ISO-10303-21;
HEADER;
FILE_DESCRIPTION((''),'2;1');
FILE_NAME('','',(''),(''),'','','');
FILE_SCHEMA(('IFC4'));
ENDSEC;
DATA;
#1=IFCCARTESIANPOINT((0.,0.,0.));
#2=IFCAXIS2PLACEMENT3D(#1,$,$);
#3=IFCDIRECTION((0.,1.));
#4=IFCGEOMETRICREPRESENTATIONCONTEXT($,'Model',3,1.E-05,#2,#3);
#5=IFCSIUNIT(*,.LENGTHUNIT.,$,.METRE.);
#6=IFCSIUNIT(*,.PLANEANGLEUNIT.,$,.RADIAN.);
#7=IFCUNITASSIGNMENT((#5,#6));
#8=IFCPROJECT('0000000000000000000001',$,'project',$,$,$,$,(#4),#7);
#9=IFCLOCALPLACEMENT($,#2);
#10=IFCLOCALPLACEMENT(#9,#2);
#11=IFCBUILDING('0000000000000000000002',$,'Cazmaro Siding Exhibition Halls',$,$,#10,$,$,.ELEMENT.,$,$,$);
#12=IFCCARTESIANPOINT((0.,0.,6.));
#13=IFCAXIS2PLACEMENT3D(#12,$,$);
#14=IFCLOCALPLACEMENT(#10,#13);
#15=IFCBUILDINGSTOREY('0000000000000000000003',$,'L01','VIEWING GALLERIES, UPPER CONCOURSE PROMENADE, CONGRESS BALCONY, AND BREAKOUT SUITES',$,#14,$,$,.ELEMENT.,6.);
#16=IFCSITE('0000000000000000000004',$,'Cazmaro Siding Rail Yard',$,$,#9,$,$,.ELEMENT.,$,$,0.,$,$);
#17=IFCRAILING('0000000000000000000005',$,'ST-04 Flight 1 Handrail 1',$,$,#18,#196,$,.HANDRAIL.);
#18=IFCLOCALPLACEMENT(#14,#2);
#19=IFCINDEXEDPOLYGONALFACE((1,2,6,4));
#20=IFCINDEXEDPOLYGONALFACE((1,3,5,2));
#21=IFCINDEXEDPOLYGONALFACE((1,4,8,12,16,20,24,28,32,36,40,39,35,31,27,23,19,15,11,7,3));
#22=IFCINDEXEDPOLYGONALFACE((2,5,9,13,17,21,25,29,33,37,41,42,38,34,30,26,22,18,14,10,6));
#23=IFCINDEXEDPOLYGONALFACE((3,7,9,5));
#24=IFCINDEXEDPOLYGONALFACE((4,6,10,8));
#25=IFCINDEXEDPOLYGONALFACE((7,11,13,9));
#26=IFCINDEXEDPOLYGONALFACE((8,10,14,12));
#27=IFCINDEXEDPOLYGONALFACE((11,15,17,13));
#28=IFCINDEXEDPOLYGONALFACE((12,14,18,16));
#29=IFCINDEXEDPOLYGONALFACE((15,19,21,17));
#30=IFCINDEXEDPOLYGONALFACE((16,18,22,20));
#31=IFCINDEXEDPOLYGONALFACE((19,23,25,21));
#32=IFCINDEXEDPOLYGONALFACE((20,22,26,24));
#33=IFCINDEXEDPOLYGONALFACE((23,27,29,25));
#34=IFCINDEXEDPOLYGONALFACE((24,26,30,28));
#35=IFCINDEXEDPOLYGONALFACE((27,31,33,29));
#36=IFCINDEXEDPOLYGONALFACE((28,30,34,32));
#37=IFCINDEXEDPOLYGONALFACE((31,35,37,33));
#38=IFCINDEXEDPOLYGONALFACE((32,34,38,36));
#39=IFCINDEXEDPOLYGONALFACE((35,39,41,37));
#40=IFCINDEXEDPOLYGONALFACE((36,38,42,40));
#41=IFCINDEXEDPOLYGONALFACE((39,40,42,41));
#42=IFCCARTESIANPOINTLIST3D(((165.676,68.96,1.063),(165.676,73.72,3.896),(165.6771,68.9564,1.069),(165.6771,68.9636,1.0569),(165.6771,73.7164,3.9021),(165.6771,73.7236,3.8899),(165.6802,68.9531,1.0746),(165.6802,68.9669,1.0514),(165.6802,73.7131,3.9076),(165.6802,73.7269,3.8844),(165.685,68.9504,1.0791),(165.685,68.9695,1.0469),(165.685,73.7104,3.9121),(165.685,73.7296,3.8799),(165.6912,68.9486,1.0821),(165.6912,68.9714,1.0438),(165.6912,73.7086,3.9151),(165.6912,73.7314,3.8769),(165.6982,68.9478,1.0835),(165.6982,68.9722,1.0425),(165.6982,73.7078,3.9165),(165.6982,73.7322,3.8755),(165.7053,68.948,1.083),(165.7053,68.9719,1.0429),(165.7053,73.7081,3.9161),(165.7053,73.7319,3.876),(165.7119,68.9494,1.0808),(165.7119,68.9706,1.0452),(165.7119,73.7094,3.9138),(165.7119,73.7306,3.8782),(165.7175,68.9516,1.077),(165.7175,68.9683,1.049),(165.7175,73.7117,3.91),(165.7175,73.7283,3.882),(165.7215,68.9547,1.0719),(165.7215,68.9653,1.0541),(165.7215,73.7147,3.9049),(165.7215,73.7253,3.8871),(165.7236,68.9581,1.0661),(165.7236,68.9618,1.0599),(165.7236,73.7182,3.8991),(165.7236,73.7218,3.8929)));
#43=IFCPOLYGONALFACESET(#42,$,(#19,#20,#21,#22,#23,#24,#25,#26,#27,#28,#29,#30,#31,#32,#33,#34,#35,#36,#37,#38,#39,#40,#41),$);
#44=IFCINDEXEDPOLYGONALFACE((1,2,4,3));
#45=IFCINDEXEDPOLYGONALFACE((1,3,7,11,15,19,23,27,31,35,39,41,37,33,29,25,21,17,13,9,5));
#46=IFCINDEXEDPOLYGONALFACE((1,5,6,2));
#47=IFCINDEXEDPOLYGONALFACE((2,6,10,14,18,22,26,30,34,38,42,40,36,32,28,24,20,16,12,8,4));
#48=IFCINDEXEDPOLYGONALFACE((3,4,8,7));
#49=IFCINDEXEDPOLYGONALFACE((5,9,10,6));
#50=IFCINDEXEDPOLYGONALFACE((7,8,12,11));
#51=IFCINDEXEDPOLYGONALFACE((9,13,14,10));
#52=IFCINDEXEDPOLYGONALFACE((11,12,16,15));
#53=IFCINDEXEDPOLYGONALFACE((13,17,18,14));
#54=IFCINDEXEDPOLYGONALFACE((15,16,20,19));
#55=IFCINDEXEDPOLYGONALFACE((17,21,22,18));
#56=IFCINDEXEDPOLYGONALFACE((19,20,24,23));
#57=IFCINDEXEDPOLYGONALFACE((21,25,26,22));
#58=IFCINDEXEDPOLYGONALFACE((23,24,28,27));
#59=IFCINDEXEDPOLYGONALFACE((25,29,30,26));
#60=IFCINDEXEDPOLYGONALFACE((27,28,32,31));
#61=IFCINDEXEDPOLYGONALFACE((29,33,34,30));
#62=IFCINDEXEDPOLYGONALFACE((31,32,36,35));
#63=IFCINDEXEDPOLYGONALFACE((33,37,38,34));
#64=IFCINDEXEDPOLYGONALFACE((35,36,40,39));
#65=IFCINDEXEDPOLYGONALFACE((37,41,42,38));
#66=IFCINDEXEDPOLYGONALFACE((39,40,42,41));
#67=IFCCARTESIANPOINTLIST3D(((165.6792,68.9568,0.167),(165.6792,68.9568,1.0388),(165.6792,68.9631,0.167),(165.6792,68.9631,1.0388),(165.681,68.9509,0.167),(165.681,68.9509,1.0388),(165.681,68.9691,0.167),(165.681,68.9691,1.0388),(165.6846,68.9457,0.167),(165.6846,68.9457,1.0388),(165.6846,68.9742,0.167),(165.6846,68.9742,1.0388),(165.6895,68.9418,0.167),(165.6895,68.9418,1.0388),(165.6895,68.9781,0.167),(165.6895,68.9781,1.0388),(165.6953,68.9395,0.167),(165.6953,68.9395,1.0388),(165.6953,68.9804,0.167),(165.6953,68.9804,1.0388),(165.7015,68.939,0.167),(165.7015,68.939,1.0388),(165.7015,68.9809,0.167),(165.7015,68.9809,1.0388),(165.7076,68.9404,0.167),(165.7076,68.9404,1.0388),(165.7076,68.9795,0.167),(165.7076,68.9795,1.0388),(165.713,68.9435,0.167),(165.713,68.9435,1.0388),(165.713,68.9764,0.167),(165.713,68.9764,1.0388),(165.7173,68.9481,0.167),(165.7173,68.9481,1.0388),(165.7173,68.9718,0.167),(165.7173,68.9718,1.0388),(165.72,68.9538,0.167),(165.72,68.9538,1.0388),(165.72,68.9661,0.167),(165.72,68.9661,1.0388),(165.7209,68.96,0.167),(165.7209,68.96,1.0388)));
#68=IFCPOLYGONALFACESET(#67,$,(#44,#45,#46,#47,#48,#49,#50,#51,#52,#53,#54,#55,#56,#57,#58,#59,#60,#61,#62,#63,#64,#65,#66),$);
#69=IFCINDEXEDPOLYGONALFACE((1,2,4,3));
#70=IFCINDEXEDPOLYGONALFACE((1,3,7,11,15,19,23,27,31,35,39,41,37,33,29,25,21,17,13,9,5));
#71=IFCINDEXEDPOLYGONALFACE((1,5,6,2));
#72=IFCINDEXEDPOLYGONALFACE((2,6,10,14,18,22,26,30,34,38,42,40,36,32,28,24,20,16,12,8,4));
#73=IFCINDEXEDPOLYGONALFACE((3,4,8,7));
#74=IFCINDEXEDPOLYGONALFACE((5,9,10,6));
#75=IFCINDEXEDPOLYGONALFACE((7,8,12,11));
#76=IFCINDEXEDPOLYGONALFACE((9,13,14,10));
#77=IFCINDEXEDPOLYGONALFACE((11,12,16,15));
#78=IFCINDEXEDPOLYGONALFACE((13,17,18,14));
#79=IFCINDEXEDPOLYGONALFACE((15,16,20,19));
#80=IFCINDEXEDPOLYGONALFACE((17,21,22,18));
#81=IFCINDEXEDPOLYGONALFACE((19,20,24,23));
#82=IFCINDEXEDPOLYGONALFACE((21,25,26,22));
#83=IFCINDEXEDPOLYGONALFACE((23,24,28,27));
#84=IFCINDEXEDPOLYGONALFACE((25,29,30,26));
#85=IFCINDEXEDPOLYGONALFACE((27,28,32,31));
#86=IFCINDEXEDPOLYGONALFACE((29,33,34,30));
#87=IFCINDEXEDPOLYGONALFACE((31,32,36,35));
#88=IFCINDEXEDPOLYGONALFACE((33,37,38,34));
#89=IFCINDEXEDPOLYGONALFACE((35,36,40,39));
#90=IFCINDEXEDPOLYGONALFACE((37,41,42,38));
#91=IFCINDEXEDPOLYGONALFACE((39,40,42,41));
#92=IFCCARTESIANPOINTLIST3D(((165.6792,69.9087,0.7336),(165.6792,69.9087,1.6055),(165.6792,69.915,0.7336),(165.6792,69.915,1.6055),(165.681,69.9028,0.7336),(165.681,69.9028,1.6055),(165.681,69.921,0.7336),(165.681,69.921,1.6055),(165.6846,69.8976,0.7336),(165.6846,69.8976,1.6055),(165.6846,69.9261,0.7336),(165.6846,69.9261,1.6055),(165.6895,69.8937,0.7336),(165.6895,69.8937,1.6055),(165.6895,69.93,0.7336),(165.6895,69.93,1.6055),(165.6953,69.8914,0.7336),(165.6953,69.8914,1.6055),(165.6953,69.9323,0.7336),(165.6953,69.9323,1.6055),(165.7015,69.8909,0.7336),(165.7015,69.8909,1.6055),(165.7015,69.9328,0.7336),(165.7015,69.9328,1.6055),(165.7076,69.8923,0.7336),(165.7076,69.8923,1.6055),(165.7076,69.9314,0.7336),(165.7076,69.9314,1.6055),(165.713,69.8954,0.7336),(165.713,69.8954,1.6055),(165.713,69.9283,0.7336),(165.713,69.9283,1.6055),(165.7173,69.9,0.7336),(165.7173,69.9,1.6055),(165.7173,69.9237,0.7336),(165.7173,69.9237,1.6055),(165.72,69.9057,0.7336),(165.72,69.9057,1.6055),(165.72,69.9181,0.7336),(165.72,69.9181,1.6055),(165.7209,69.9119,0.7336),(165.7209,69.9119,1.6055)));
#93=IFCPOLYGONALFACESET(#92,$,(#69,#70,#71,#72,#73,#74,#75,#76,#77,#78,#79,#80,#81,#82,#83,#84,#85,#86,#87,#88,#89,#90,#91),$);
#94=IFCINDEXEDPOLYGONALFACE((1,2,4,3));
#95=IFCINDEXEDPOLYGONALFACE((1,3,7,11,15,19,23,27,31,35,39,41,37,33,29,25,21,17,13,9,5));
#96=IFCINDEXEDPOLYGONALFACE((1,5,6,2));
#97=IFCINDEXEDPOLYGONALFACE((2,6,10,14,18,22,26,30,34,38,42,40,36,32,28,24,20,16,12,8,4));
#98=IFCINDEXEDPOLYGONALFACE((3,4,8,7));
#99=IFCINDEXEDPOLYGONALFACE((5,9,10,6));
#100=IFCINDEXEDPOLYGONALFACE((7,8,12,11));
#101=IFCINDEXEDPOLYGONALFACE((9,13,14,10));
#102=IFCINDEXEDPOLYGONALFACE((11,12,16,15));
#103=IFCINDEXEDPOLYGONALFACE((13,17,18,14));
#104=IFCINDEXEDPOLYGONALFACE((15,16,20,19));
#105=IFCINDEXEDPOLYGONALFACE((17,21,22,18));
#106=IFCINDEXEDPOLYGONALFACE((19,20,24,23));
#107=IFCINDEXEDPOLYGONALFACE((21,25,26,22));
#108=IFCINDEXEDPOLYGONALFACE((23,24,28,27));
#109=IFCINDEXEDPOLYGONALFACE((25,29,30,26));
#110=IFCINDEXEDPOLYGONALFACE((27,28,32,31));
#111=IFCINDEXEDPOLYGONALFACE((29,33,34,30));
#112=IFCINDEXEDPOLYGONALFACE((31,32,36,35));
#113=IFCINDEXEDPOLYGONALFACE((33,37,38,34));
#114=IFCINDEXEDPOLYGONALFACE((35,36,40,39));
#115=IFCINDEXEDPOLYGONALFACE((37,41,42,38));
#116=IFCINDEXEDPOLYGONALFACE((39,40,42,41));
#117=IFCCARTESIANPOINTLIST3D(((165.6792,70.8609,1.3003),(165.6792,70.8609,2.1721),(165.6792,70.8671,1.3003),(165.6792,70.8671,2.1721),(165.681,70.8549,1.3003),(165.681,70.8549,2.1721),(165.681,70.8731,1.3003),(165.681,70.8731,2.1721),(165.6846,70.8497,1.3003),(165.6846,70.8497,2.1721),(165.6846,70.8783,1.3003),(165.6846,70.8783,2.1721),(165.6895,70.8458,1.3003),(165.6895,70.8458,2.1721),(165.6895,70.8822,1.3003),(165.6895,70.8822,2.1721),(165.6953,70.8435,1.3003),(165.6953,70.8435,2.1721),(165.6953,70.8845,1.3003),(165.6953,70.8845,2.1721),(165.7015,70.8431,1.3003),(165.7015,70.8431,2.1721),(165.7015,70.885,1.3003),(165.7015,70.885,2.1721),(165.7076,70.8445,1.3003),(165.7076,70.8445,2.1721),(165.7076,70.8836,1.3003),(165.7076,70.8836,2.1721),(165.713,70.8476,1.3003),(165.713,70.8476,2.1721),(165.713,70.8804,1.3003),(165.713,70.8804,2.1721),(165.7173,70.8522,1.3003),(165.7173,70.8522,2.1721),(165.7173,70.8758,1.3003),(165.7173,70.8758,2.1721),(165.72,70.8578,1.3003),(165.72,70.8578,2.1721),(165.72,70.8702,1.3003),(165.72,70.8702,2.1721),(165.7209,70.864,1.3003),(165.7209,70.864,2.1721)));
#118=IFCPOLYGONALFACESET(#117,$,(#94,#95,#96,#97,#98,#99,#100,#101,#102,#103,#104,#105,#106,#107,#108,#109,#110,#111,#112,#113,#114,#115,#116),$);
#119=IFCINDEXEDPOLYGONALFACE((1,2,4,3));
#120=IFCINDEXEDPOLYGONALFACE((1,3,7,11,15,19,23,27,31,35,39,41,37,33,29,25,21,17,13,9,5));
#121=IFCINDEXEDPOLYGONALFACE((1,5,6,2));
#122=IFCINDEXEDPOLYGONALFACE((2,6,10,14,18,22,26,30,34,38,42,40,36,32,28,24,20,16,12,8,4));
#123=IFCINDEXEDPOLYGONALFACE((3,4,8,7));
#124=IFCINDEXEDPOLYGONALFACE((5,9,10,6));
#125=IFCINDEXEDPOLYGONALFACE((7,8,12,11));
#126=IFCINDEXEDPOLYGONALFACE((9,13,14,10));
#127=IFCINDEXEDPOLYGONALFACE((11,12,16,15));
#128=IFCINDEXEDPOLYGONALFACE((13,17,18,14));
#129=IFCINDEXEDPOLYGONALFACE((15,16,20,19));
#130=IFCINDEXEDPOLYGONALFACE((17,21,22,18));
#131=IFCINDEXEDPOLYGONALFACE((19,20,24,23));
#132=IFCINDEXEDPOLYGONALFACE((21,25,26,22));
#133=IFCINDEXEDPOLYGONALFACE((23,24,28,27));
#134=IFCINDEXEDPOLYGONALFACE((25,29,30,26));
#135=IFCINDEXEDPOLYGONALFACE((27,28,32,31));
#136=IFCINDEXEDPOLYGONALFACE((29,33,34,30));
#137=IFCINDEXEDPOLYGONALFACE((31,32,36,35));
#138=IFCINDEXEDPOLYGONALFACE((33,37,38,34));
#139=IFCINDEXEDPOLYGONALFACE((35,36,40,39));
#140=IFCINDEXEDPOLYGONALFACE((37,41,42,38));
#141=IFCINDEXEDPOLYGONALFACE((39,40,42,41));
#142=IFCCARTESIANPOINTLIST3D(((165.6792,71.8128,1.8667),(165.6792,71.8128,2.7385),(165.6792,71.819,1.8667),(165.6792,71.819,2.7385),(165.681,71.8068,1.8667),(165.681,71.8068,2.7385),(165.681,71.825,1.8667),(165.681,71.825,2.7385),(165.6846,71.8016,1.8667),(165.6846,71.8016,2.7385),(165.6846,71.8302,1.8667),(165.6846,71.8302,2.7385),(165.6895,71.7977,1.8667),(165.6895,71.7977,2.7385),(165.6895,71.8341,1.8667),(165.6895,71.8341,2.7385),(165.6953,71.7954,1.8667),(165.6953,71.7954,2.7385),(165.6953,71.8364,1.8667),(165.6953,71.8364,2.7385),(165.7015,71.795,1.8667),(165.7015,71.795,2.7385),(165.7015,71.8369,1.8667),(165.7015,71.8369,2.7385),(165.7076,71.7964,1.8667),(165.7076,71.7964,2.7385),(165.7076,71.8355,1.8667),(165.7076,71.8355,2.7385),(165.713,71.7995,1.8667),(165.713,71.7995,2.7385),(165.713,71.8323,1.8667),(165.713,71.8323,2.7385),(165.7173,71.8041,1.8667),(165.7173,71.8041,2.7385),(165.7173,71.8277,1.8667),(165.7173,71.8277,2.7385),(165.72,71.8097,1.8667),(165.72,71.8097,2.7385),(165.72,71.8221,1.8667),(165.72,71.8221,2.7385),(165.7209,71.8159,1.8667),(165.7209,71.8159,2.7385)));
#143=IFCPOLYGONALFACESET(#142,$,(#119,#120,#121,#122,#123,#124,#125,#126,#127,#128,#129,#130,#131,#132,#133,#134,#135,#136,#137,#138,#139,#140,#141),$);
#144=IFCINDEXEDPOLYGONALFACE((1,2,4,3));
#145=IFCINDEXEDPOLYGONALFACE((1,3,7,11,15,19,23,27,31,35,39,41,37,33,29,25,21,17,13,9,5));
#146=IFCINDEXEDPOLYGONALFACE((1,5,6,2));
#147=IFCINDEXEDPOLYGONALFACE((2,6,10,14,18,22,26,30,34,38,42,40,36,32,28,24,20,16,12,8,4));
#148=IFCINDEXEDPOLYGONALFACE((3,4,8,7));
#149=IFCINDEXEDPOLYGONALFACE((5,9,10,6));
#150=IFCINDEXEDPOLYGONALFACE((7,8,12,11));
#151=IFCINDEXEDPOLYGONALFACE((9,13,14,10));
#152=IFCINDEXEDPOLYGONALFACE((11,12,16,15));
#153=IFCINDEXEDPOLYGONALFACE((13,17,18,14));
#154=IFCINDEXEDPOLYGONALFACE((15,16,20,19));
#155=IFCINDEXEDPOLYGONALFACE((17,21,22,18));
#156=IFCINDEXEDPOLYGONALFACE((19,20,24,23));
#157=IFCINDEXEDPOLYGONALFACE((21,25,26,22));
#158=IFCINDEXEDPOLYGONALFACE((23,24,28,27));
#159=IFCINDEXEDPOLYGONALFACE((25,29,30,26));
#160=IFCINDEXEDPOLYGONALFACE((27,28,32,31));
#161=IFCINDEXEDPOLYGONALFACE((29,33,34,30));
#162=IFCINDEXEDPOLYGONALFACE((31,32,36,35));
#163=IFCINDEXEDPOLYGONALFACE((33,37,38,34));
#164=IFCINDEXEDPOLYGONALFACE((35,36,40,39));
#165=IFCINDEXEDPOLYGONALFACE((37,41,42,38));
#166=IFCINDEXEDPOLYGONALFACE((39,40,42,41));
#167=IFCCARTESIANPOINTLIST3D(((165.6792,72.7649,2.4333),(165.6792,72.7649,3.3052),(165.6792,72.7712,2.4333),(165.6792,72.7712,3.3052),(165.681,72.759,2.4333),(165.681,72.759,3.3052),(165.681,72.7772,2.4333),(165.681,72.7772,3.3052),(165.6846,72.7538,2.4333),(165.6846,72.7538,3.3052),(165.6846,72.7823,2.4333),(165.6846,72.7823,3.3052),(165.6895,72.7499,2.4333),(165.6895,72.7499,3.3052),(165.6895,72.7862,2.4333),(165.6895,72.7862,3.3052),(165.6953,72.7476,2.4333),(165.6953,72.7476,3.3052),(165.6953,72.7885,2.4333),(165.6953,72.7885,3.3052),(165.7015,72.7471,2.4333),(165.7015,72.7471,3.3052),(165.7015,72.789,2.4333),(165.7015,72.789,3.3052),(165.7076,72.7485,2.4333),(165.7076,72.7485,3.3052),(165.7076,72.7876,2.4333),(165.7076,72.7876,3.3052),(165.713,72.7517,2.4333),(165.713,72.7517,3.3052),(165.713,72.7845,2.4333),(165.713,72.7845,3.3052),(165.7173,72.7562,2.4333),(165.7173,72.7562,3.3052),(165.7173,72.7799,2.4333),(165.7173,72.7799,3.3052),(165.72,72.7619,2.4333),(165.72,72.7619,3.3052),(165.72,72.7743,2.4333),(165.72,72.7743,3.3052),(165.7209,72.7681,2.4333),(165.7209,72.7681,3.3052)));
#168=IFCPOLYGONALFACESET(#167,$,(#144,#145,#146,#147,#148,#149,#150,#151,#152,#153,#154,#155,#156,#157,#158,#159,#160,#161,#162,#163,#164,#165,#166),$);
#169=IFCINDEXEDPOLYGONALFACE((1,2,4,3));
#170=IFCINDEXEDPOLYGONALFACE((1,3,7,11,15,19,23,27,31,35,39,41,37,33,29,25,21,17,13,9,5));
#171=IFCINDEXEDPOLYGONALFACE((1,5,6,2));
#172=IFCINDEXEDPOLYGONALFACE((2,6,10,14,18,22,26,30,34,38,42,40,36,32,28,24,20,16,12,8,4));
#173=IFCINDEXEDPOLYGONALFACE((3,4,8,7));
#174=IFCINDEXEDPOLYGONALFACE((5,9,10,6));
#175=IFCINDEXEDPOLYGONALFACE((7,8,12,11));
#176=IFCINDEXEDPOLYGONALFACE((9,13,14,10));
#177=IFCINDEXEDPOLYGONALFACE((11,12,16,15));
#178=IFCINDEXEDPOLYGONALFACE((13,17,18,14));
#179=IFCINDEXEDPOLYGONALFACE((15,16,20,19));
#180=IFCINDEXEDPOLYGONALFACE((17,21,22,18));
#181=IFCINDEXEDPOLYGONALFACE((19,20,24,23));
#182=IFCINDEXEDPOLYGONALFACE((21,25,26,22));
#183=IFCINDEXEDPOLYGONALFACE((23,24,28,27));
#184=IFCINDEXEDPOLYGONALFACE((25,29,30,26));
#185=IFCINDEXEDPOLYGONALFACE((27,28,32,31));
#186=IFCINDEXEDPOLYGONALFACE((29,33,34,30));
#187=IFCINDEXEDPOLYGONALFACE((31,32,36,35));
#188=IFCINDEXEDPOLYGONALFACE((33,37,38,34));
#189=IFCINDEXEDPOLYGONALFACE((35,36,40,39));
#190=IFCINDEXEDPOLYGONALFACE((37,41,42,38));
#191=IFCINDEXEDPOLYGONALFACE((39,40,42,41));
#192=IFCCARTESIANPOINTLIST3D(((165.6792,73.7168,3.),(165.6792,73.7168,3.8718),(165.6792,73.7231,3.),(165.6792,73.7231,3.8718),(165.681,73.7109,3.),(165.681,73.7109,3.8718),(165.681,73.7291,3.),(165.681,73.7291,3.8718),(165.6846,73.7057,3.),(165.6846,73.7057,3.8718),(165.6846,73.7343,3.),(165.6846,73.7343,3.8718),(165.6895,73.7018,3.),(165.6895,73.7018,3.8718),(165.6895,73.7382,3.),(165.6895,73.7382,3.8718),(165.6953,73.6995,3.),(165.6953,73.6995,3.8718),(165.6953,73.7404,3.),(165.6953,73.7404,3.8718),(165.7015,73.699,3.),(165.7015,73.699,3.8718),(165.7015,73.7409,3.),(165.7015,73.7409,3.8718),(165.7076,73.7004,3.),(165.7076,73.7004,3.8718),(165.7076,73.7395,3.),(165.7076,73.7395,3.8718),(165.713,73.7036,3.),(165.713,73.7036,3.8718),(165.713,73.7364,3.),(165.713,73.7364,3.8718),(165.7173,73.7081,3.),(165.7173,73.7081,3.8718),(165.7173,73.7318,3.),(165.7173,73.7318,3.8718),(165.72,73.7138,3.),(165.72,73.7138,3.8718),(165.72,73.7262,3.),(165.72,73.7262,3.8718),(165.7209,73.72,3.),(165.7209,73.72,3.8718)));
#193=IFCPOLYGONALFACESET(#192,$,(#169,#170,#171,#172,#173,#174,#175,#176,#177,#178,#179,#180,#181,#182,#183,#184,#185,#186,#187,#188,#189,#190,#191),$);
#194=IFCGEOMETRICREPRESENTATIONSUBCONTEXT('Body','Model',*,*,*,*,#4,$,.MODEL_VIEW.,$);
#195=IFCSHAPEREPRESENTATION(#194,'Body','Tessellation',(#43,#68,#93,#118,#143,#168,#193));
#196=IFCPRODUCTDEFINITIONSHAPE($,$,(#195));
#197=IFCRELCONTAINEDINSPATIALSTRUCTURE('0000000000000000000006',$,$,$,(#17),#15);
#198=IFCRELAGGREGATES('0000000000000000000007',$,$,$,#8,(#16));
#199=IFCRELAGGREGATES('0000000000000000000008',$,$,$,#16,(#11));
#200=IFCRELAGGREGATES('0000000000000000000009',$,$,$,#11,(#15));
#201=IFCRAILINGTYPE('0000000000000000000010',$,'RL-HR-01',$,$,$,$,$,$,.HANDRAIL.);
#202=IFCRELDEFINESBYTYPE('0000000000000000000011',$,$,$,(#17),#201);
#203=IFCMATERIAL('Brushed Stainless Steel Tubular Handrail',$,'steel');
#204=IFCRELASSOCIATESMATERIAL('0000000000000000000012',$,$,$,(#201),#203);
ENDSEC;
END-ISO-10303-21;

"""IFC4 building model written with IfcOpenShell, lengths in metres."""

from ifc_helpers import new_model, si_unit, direction, frame, origin, origin_2d, place, context, subcontext, project, spatial, circle, extrude, material, type_object, element, save


model = new_model("IFC4")

# Units and contexts
model_context = context("Model", 3, precision=1e-05, world=origin(), true_north=direction((0.0, 1.0)))
body_context = subcontext(model_context, "Body", "Model", "MODEL_VIEW")
ifc_project = project(units=[si_unit("LENGTHUNIT", "METRE"), si_unit("PLANEANGLEUNIT", "RADIAN")], contexts=[model_context])

# Site, building, storey
site_placement = place(None, origin())
site = spatial("IfcSite", under=ifc_project, at=site_placement, Name="Cazmaro Siding Rail Yard", CompositionType="ELEMENT", RefElevation=0.0)
building_placement = place(site_placement, origin())
building = spatial("IfcBuilding", under=site, at=building_placement, Name="Cazmaro Siding Exhibition Halls", CompositionType="ELEMENT")
storey_placement = place(building_placement, frame((0.0, 0.0, 6.0)))
storey = spatial("IfcBuildingStorey", under=building, at=storey_placement, Name="L01", Description="VIEWING GALLERIES, UPPER CONCOURSE PROMENADE, CONGRESS BALCONY, AND BREAKOUT SUITES", CompositionType="ELEMENT", Elevation=6.0)

# Railing
ifc_material_1 = material(Name="Brushed Stainless Steel Tubular Handrail", Category="steel")
railing_type_1 = type_object("IfcRailingType", Name="RL-HR-01", PredefinedType="HANDRAIL", material=ifc_material_1)
for number, where, name in (
    (1, (165.7, 68.96, 0.167), "ST-04 Flight 1 Handrail 1"),
):
    element("IfcRailing", number, at=place(storey_placement, frame(where)), inside=storey, type_object=railing_type_1, Name=name, PredefinedType="HANDRAIL", context=body_context, shape_type="SweptSolid", body=[
        extrude(circle(Radius=0.0239, at=origin_2d()), frame((0.0, 0.0, 0.896), z_axis=(0.0, 0.859319, 0.51144), x_axis=(-1.0, 0.0, 0.0)), (0.0, 0.0, 1.0), 5.5393),
        extrude(circle(Radius=0.021, at=origin_2d()), origin(), (0.0, 0.0, 1.0), 0.8718),
        extrude(circle(Radius=0.021, at=origin_2d()), frame((0.0, 0.9519, 0.5667)), (0.0, 0.0, 1.0), 0.8718),
        extrude(circle(Radius=0.021, at=origin_2d()), frame((0.0, 1.9041, 1.1333)), (0.0, 0.0, 1.0), 0.8718),
        extrude(circle(Radius=0.021, at=origin_2d()), frame((0.0, 2.856, 1.6997)), (0.0, 0.0, 1.0), 0.8718),
        extrude(circle(Radius=0.021, at=origin_2d()), frame((0.0, 3.8081, 2.2664)), (0.0, 0.0, 1.0), 0.8718),
        extrude(circle(Radius=0.021, at=origin_2d()), frame((0.0, 4.76, 2.833)), (0.0, 0.0, 1.0), 0.8718),
    ])

save(model, "model.ifc")
